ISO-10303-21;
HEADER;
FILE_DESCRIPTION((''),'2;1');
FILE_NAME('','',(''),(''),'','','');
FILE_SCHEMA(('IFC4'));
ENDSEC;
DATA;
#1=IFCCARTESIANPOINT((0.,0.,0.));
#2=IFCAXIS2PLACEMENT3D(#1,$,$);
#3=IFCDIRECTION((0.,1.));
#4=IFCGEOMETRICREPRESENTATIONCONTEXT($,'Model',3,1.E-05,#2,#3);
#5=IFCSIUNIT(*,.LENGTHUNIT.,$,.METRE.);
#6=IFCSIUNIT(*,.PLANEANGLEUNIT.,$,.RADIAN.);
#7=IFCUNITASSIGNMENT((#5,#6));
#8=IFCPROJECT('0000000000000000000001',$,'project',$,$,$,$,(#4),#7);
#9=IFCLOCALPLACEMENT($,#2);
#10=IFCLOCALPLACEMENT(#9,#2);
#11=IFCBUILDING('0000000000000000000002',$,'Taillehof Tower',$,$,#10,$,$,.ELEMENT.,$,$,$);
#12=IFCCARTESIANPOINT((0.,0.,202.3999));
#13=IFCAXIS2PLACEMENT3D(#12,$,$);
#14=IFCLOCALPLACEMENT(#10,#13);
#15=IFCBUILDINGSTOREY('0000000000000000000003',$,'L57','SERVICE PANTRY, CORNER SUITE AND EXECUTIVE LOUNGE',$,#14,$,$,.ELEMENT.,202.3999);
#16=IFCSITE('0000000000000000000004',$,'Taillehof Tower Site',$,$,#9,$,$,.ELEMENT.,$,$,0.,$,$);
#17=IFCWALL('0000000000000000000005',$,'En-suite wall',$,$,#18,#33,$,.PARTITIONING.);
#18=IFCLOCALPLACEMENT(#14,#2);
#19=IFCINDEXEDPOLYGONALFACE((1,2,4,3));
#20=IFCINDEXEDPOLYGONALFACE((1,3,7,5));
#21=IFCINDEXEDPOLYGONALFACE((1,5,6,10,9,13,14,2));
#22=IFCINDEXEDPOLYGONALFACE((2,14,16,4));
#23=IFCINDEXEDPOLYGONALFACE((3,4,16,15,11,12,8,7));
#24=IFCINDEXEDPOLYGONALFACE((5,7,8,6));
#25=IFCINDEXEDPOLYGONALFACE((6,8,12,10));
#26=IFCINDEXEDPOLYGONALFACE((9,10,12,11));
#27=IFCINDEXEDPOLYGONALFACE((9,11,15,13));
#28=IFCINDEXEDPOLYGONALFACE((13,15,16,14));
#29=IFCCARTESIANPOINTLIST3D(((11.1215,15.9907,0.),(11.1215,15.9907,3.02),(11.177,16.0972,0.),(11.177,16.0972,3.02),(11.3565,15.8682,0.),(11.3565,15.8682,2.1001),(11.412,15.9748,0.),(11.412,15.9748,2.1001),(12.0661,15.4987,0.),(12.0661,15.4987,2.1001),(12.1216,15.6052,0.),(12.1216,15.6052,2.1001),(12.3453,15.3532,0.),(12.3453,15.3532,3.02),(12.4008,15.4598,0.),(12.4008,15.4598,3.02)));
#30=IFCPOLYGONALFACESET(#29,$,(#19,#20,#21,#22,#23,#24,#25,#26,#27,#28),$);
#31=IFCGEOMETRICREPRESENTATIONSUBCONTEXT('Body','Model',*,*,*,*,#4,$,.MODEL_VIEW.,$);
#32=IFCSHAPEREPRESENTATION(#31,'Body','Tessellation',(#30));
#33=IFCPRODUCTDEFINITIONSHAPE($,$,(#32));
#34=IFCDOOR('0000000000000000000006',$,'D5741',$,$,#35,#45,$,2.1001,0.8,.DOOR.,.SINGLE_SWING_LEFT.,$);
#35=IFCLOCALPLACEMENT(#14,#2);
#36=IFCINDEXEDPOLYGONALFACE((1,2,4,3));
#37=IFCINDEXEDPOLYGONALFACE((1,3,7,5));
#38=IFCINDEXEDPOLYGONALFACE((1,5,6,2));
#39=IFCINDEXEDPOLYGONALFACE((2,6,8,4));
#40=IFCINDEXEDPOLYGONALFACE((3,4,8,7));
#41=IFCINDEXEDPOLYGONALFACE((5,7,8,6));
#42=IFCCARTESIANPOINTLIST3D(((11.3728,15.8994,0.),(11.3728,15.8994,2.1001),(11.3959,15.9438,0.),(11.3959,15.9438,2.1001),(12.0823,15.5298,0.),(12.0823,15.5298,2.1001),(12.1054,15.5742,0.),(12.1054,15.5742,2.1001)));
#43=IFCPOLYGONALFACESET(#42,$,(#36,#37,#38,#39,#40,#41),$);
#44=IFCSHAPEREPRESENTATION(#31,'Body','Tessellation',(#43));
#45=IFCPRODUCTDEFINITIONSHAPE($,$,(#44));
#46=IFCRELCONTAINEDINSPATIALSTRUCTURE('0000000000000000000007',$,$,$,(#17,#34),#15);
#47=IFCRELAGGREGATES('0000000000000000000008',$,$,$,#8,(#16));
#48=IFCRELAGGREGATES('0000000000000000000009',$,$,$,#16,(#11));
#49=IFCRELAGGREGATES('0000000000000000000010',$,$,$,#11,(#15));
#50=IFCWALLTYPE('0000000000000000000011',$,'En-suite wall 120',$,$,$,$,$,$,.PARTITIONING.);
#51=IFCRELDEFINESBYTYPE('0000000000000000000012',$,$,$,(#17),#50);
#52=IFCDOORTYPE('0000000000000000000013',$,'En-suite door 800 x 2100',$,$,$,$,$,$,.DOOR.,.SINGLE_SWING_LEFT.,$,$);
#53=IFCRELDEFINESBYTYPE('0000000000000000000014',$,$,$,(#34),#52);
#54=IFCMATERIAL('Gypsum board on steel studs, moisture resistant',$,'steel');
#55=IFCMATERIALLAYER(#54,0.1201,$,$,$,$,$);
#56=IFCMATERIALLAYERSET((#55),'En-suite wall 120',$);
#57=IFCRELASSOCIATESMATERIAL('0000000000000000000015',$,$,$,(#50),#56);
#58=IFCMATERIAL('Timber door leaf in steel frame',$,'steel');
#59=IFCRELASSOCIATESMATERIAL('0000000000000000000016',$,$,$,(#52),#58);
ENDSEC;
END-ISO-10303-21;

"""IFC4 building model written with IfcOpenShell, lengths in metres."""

from ifc_helpers import new_model, si_unit, direction, frame, frame_2d, origin, place, context, subcontext, project, spatial, rectangle, extrude, material, layer, layer_set, type_object, element, fill, save


model = new_model("IFC4")

# Units and contexts
model_context = context("Model", 3, precision=1e-05, world=origin(), true_north=direction((0.0, 1.0)))
body_context = subcontext(model_context, "Body", "Model", "MODEL_VIEW")
ifc_project = project(units=[si_unit("LENGTHUNIT", "METRE"), si_unit("PLANEANGLEUNIT", "RADIAN")], contexts=[model_context])

# Site, building, storey
site_placement = place(None, origin())
site = spatial("IfcSite", under=ifc_project, at=site_placement, Name="Taillehof Tower Site", CompositionType="ELEMENT", RefElevation=0.0)
building_placement = place(site_placement, origin())
building = spatial("IfcBuilding", under=site, at=building_placement, Name="Taillehof Tower", CompositionType="ELEMENT")
storey_placement = place(building_placement, frame((0.0, 0.0, 202.3999)))
storey = spatial("IfcBuildingStorey", under=building, at=storey_placement, Name="L57", Description="SERVICE PANTRY, CORNER SUITE AND EXECUTIVE LOUNGE", CompositionType="ELEMENT", Elevation=202.3999)

# Shared definitions
ifc_material_1 = material(Name="Gypsum board on steel studs, moisture resistant", Category="steel")
ifc_layer_1 = layer(ifc_material_1, 0.1201)
ifc_layer_set_1 = layer_set([ifc_layer_1], Name="En-suite wall 120")
wall_type_1 = type_object("IfcWallType", Name="En-suite wall 120", PredefinedType="PARTITIONING", material=ifc_layer_set_1)

# Wall, opening, door
wall_1_placement = place(storey_placement, frame((12.373, 15.4065, 0.0), z_axis=(0.0, 0.0, 1.0), x_axis=(-0.88691, 0.461943, 0.0)))
wall_1 = element("IfcWall", 1, at=wall_1_placement, inside=storey, type_object=wall_type_1, Name="En-suite wall", PredefinedType="PARTITIONING", context=body_context, shape_type="SweptSolid", body=[
    extrude(rectangle(XDim=1.3799, YDim=0.1201, at=frame_2d((0.6899, 0.0))), origin(), (0.0, 0.0, 1.0), 3.02),
])
opening_1_placement = place(wall_1_placement, frame((0.3149, 0.0, 0.0)))
opening_1 = element("IfcOpeningElement", 2, at=opening_1_placement, cuts=wall_1, PredefinedType="OPENING", context=body_context, shape_type="SweptSolid", body=[
    extrude(rectangle(XDim=0.8, YDim=2.1001, at=frame_2d((0.3999, 1.05))), frame((0.0, 0.0701, 0.0), z_axis=(0.0, -1.0, 0.0), x_axis=(1.0, 0.0, 0.0)), (0.0, 0.0, 1.0), 0.1401),
])
ifc_material_2 = material(Name="Timber door leaf in steel frame", Category="steel")
door_type = type_object("IfcDoorType", Name="En-suite door 800 x 2100", OperationType="SINGLE_SWING_LEFT", PredefinedType="DOOR", material=ifc_material_2)
door_placement = place(opening_1_placement, origin())
door = element("IfcDoor", 3, at=door_placement, inside=storey, type_object=door_type, Name="D5741", OperationType="SINGLE_SWING_LEFT", OverallHeight=2.1001, OverallWidth=0.8, PredefinedType="DOOR", context=body_context, shape_type="SweptSolid", body=[
    extrude(rectangle(XDim=0.8, YDim=2.1001, at=frame_2d((0.3999, 1.05))), frame((0.0, 0.0249, 0.0), z_axis=(0.0, -1.0, 0.0), x_axis=(1.0, 0.0, 0.0)), (0.0, 0.0, 1.0), 0.05),
])
fill(opening_1, door)

save(model, "model.ifc")
